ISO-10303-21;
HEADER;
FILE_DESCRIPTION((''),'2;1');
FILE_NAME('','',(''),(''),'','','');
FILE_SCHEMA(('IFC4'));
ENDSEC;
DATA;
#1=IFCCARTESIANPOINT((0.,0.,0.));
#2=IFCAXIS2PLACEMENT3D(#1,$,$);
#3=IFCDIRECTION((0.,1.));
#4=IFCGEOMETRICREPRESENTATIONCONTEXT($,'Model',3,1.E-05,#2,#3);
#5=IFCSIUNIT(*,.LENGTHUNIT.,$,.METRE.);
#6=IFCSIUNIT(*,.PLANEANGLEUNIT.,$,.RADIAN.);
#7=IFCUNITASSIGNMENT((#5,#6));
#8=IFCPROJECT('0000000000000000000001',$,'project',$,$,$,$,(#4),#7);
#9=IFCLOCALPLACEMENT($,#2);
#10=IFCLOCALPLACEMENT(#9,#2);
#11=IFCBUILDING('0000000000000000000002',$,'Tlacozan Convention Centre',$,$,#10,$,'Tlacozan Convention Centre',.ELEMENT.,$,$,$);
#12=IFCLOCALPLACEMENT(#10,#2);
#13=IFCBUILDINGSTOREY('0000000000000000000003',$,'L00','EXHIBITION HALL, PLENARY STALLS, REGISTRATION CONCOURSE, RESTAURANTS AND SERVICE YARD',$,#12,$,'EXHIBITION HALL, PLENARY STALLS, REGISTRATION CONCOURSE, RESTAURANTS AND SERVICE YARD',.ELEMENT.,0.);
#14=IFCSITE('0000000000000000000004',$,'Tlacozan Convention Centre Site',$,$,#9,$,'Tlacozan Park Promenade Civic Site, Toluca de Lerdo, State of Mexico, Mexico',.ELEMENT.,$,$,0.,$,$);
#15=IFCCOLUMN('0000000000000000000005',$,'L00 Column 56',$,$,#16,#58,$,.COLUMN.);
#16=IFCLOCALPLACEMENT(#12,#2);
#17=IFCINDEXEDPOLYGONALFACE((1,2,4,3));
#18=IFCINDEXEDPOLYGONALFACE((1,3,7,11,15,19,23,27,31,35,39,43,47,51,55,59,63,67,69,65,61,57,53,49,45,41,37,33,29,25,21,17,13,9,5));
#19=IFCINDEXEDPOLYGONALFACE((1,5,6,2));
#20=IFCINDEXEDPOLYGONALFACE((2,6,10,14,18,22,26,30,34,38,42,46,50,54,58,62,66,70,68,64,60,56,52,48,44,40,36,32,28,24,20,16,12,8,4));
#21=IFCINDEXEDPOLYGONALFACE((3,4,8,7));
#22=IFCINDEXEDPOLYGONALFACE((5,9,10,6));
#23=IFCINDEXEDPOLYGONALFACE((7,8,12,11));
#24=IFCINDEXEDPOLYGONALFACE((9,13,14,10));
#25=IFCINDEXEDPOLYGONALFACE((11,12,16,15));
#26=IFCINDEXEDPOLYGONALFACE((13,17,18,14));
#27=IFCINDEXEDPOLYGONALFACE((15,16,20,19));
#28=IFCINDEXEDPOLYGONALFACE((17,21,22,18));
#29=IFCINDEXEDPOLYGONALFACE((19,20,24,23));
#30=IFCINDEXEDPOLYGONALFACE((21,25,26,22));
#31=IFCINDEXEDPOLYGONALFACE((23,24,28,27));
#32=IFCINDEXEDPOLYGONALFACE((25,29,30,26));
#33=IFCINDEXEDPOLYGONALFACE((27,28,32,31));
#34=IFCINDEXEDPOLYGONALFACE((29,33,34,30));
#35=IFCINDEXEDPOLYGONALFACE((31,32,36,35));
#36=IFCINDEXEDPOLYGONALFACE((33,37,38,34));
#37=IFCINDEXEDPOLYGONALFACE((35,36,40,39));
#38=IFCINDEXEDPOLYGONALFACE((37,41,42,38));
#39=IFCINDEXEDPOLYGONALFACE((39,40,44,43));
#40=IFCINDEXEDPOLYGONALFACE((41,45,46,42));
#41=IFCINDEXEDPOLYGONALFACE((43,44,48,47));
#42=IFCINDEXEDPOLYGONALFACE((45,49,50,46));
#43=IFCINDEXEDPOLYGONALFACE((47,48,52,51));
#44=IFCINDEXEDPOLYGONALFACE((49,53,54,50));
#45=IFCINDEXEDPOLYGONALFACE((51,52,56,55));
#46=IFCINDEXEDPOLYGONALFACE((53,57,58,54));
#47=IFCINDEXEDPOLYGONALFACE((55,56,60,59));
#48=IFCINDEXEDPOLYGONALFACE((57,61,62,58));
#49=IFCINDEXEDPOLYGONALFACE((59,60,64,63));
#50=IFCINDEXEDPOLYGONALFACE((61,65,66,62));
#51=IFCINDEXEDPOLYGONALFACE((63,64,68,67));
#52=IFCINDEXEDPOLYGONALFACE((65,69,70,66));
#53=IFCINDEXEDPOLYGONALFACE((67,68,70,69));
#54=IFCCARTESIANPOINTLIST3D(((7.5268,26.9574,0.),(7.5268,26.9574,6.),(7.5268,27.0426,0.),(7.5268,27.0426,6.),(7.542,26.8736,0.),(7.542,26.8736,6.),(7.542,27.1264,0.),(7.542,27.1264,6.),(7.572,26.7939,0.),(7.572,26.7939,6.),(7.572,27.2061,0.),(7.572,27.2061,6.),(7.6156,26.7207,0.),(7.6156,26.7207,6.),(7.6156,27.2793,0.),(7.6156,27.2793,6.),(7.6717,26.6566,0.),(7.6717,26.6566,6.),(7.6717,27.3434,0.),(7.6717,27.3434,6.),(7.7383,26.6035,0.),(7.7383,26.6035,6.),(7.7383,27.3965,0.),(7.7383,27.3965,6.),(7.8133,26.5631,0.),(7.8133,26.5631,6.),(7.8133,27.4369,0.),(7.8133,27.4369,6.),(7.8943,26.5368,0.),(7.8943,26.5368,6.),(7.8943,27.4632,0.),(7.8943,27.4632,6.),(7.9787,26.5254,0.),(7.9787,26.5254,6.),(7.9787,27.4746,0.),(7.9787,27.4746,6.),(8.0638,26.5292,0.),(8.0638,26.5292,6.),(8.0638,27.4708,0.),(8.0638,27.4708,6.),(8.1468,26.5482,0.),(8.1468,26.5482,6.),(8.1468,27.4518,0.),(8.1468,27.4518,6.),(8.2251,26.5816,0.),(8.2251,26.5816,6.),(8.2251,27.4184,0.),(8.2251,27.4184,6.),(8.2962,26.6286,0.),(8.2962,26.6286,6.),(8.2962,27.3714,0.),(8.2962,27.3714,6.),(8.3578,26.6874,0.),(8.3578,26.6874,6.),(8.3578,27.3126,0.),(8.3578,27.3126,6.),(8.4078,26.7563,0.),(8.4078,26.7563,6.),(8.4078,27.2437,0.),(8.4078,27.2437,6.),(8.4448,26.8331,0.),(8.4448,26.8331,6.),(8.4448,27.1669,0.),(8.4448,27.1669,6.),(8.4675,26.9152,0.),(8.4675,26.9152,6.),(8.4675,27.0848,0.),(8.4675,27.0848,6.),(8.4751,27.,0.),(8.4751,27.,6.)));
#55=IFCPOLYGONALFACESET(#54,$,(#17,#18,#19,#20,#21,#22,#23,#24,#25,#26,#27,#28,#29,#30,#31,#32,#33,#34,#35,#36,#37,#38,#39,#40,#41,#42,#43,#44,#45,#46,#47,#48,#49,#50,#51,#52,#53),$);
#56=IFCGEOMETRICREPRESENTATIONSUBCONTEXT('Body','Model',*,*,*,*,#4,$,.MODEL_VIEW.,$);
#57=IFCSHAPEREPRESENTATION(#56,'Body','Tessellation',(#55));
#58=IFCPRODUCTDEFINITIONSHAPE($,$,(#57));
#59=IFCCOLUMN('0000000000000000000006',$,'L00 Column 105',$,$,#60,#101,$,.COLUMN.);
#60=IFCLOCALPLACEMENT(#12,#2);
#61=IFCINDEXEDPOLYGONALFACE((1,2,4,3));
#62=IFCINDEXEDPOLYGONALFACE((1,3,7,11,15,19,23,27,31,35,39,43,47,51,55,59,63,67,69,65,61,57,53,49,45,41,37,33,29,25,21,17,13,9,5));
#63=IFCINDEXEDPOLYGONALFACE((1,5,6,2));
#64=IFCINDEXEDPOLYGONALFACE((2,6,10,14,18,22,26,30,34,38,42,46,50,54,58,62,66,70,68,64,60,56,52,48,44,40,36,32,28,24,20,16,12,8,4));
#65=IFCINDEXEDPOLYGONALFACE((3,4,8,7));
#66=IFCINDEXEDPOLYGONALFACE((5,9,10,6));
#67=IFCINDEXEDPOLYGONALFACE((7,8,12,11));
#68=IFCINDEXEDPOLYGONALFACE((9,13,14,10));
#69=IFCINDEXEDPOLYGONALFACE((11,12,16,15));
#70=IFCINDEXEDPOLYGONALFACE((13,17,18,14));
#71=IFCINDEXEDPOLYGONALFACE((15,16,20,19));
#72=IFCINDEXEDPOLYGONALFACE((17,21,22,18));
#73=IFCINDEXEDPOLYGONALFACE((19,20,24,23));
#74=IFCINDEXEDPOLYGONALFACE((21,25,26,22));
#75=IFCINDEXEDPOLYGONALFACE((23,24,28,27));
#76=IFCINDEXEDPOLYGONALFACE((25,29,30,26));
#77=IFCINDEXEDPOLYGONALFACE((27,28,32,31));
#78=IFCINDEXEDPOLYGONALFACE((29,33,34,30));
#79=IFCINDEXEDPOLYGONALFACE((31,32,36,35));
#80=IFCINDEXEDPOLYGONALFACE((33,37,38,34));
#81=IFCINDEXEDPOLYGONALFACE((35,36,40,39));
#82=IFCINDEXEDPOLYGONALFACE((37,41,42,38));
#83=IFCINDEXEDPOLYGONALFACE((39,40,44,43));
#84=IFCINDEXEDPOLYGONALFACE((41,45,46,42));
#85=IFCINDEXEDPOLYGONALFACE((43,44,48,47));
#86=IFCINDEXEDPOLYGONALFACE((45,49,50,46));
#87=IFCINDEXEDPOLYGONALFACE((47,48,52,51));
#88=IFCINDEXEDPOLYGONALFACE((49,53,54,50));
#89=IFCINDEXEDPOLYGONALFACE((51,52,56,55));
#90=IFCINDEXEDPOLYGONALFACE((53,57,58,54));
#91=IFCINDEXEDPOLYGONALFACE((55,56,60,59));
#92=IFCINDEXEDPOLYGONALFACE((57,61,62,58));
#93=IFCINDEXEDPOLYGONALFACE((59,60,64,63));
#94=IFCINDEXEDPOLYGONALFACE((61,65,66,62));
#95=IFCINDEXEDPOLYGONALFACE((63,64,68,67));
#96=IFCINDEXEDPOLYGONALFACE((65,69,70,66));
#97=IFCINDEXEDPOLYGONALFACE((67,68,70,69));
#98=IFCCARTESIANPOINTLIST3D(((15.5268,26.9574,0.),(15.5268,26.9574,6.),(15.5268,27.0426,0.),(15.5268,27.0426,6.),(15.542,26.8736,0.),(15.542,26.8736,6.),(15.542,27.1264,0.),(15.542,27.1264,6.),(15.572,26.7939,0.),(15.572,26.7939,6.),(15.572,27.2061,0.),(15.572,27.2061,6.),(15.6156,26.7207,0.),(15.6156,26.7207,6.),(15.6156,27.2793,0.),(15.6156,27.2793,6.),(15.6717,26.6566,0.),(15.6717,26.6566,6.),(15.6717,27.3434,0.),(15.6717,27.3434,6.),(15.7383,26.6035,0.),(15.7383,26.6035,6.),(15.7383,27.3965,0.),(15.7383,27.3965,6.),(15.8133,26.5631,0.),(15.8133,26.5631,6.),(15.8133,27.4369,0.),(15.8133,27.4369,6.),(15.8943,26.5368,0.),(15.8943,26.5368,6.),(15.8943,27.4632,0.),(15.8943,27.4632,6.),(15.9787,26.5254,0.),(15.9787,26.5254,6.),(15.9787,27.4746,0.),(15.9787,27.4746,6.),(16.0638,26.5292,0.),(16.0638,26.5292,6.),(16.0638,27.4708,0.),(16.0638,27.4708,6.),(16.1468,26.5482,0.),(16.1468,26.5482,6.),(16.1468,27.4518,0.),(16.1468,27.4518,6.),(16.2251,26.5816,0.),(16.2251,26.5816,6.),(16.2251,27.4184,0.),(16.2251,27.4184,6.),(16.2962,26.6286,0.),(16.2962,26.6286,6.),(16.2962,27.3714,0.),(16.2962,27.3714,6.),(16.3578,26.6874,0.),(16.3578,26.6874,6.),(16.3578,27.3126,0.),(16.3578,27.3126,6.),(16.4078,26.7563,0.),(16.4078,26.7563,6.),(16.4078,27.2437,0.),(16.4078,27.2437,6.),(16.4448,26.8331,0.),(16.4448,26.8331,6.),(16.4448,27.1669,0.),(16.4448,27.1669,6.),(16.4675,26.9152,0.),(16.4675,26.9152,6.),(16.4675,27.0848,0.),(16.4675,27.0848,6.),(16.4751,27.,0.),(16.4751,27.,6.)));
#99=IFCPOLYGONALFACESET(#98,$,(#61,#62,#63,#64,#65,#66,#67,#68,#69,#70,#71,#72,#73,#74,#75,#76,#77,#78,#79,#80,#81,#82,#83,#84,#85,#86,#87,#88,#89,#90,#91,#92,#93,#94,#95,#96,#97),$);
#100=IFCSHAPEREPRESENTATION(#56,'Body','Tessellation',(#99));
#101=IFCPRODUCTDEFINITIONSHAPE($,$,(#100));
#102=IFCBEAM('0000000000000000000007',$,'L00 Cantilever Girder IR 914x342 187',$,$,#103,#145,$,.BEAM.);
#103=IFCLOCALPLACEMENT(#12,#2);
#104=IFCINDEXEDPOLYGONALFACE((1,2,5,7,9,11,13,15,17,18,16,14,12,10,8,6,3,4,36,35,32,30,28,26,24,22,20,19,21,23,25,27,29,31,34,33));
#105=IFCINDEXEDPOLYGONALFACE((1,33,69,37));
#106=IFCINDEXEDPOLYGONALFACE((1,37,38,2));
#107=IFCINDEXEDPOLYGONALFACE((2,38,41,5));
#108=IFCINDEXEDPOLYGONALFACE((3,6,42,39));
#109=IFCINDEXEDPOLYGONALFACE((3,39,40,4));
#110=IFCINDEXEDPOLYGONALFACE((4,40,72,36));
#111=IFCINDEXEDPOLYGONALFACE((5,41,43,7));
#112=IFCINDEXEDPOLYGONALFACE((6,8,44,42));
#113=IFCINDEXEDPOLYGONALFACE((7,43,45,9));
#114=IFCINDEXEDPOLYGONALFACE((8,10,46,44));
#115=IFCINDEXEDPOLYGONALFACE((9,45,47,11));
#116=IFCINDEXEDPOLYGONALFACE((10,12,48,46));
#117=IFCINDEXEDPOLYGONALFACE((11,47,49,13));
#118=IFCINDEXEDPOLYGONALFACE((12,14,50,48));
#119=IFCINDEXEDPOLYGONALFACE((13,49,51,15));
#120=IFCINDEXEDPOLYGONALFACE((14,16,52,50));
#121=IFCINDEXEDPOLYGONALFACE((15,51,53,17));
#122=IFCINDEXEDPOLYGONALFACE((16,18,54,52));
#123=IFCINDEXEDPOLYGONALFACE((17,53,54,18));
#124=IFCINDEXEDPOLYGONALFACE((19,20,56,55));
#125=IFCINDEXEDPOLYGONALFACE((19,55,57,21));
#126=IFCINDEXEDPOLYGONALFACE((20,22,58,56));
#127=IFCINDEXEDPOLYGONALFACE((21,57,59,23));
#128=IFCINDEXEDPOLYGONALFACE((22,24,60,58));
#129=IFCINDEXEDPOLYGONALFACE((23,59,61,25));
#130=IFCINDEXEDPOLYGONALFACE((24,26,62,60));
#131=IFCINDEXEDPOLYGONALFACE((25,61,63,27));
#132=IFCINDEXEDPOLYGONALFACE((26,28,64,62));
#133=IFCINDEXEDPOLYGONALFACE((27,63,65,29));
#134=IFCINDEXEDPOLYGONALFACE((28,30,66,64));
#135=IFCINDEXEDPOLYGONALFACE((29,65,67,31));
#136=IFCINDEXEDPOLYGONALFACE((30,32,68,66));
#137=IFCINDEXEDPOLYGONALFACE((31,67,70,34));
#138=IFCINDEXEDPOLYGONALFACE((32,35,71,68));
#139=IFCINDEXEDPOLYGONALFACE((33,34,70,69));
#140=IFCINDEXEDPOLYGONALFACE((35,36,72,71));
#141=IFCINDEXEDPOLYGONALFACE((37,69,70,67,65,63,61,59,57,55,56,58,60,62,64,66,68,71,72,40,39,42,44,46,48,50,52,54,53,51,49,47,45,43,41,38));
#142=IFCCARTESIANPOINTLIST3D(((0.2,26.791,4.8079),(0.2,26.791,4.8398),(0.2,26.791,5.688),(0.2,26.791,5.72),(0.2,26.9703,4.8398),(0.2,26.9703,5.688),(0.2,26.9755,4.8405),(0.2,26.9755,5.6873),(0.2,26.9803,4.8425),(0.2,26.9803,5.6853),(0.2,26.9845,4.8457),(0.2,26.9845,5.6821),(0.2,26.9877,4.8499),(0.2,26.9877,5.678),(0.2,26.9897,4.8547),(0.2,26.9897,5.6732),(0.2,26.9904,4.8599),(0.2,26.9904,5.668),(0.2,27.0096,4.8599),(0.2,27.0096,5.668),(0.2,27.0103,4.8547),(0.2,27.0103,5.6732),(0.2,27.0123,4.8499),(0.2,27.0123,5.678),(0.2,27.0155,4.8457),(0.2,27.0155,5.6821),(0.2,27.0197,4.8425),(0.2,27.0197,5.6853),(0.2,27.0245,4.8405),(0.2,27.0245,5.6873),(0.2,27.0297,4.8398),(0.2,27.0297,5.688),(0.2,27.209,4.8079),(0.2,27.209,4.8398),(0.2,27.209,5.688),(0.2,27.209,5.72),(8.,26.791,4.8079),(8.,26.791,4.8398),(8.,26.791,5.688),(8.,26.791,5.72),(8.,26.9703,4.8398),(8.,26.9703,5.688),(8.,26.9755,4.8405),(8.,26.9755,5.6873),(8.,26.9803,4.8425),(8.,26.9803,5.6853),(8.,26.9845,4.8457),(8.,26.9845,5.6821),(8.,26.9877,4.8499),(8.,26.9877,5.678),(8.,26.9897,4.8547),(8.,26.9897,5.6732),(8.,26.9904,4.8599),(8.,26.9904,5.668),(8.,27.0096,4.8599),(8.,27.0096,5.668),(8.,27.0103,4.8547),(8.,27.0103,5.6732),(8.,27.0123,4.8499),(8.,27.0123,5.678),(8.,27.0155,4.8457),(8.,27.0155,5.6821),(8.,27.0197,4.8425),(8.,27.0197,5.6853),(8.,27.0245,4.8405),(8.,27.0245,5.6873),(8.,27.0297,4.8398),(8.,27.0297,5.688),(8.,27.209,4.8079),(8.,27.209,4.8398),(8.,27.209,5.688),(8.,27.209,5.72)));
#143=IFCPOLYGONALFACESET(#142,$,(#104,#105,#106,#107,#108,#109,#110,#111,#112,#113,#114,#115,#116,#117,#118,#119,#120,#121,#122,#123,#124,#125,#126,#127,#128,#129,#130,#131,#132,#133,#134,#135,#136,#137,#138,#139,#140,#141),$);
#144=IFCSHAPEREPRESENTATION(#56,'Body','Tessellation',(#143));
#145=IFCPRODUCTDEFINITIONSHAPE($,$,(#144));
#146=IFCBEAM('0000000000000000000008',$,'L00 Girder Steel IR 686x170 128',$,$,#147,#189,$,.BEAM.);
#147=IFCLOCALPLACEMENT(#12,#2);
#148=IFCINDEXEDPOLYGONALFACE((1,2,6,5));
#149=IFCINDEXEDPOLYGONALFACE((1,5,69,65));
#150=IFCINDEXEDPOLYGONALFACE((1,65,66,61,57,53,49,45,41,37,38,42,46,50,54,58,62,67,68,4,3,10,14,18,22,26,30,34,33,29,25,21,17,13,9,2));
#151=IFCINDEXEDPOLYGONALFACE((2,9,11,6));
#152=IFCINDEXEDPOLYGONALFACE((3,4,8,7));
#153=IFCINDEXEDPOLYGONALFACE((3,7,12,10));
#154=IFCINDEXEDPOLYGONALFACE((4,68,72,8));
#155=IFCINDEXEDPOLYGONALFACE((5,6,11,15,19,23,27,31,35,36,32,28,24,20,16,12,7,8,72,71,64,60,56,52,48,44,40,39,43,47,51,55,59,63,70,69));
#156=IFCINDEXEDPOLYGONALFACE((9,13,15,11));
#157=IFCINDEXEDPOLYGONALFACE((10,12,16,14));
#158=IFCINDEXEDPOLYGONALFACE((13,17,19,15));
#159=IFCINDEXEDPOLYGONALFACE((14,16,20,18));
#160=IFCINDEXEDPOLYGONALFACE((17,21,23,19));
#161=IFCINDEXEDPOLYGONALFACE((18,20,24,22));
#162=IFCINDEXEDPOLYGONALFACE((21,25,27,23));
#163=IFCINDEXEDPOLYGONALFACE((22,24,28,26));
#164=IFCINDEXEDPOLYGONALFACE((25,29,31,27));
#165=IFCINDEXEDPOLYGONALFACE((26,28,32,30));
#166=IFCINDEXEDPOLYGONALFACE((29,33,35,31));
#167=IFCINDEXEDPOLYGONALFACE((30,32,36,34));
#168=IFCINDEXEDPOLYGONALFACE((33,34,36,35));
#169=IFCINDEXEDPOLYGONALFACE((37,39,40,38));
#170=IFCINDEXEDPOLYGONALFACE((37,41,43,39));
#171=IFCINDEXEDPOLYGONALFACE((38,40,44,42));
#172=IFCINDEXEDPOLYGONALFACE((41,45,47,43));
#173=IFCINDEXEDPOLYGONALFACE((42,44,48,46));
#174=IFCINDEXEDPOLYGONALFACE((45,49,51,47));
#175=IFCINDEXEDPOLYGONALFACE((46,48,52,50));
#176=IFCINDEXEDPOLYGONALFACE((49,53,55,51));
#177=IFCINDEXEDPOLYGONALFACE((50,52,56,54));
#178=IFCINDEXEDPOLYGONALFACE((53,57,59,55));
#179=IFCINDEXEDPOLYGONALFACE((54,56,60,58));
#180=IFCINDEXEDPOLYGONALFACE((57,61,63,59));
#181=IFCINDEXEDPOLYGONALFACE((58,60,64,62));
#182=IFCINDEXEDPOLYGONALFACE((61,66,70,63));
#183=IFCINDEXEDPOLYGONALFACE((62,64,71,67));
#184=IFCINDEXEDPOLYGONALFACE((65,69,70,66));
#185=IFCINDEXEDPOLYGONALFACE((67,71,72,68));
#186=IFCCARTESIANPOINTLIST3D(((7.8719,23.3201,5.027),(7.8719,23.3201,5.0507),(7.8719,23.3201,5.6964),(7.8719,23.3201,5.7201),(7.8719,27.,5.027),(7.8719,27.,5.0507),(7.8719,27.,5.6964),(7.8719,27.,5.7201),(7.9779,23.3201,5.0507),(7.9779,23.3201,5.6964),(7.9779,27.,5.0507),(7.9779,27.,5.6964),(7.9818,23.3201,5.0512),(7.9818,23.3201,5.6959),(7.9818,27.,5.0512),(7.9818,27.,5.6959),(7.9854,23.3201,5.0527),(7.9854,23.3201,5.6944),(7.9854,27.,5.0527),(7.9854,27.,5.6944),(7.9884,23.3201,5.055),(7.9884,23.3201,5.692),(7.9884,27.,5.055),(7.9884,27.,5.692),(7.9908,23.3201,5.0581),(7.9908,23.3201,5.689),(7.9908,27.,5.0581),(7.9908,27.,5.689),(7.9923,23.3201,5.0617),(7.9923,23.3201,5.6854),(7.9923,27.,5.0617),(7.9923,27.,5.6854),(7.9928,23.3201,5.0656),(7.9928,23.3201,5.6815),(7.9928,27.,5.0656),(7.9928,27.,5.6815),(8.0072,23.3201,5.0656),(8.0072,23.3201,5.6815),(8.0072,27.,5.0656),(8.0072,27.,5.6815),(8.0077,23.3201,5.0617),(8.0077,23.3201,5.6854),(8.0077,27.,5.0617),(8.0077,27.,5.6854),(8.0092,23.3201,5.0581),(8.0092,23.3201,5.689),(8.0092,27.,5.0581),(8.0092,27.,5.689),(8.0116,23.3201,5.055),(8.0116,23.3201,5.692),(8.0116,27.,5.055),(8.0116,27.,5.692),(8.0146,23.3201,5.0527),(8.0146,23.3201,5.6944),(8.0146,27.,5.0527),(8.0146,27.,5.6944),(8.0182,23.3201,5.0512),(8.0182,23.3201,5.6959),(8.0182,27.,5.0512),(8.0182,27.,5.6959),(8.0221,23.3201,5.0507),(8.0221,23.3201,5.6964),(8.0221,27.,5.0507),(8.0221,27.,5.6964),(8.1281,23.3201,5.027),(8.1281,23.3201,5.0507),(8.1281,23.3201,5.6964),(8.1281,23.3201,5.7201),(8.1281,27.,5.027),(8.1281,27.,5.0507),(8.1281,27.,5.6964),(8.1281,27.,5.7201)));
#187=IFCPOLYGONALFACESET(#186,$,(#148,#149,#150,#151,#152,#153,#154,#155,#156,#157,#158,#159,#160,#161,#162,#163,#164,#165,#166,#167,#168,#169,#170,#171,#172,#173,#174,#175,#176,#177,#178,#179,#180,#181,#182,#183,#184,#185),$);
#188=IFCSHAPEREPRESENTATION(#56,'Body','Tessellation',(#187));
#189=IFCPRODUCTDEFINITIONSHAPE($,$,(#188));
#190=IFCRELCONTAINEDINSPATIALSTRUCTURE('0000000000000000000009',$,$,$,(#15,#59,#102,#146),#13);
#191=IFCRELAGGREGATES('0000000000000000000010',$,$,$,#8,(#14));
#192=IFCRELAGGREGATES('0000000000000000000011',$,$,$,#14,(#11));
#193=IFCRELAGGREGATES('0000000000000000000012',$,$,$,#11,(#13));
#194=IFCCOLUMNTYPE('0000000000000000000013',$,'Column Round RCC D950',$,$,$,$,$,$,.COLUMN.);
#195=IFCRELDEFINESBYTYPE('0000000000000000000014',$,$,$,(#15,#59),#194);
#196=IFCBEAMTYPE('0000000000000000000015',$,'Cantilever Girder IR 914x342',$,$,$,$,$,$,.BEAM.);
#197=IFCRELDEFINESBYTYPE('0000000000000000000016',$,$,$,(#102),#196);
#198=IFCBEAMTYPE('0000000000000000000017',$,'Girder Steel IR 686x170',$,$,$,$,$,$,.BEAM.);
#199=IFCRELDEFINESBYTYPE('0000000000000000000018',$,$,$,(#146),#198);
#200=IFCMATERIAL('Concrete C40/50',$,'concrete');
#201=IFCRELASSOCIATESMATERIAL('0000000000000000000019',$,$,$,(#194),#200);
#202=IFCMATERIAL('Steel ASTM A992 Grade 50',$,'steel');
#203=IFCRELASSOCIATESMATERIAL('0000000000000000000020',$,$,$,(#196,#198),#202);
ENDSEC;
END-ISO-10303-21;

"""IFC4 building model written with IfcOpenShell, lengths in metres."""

from ifc_helpers import new_model, si_unit, direction, frame, origin, origin_2d, place, context, subcontext, project, spatial, circle, i_section, extrude, material, material_profile, profile_set, type_object, element, save


model = new_model("IFC4")

# Units and contexts
model_context = context("Model", 3, precision=1e-05, world=origin(), true_north=direction((0.0, 1.0)))
body_context = subcontext(model_context, "Body", "Model", "MODEL_VIEW")
ifc_project = project(units=[si_unit("LENGTHUNIT", "METRE"), si_unit("PLANEANGLEUNIT", "RADIAN")], contexts=[model_context])

# Site, building, storey
site_placement = place(None, origin())
site = spatial("IfcSite", under=ifc_project, at=site_placement, Name="Tlacozan Convention Centre Site", LongName="Tlacozan Park Promenade Civic Site, Toluca de Lerdo, State of Mexico, Mexico", CompositionType="ELEMENT", RefElevation=0.0)
building_placement = place(site_placement, origin())
building = spatial("IfcBuilding", under=site, at=building_placement, Name="Tlacozan Convention Centre", LongName="Tlacozan Convention Centre", CompositionType="ELEMENT")
storey_placement = place(building_placement, origin())
storey = spatial("IfcBuildingStorey", under=building, at=storey_placement, Name="L00", Description="EXHIBITION HALL, PLENARY STALLS, REGISTRATION CONCOURSE, RESTAURANTS AND SERVICE YARD", LongName="EXHIBITION HALL, PLENARY STALLS, REGISTRATION CONCOURSE, RESTAURANTS AND SERVICE YARD", CompositionType="ELEMENT", Elevation=0.0)

# Columns
ifc_material_1 = material(Name="Concrete C40/50", Category="concrete")
ifc_material_profile_1 = material_profile(ifc_material_1, circle(Radius=0.4751, at=origin_2d()), Name="RCC D950")
ifc_profile_set_1 = profile_set([ifc_material_profile_1], Name="Concrete C40/50")
column_type = type_object("IfcColumnType", Name="Column Round RCC D950", PredefinedType="COLUMN", material=ifc_profile_set_1)
for number, where, z_axis, x_axis, name in (
    (1, (8.0, 27.0, 0.0), (0.0, 0.0, 1.0), (1.0, 0.0, 0.0), "L00 Column 56"),
    (2, (16.0, 27.0, 0.0), (0.0, 0.0, 1.0), (1.0, 0.0, 0.0), "L00 Column 105"),
):
    element("IfcColumn", number, at=place(storey_placement, frame(where, z_axis=z_axis, x_axis=x_axis)), inside=storey, type_object=column_type, Name=name, PredefinedType="COLUMN", context=body_context, shape_type="SweptSolid", body=[
        extrude(circle(Radius=0.4751, at=origin_2d()), origin(), (0.0, 0.0, 1.0), 6.0),
    ])

# Beams
ifc_material_2 = material(Name="Steel ASTM A992 Grade 50", Category="steel")
ifc_material_profile_2 = material_profile(ifc_material_2, i_section(OverallWidth=0.418, OverallDepth=0.9121, WebThickness=0.0193, FlangeThickness=0.032, FilletRadius=0.02, at=origin_2d()), Name="IR 914x342.0")
ifc_profile_set_2 = profile_set([ifc_material_profile_2], Name="Steel ASTM A992 Grade 50")
beam_type_1 = type_object("IfcBeamType", Name="Cantilever Girder IR 914x342", PredefinedType="BEAM", material=ifc_profile_set_2)
beam_1_placement = place(storey_placement, frame((8.0, 27.0, 5.2639), z_axis=(-1.0, 0.0, 0.0), x_axis=(0.0, -1.0, 0.0)))
element("IfcBeam", 3, at=beam_1_placement, inside=storey, type_object=beam_type_1, Name="L00 Cantilever Girder IR 914x342 187", PredefinedType="BEAM", context=body_context, shape_type="SweptSolid", body=[
    extrude(i_section(OverallWidth=0.418, OverallDepth=0.9121, WebThickness=0.0193, FlangeThickness=0.032, FilletRadius=0.02, at=origin_2d()), origin(), (0.0, 0.0, 1.0), 7.8),
])
ifc_material_profile_3 = material_profile(ifc_material_2, i_section(OverallWidth=0.2561, OverallDepth=0.6931, WebThickness=0.0144, FlangeThickness=0.0237, FilletRadius=0.0149, at=origin_2d()), Name="IR 686x170.0")
ifc_profile_set_3 = profile_set([ifc_material_profile_3], Name="Steel ASTM A992 Grade 50")
beam_type_2 = type_object("IfcBeamType", Name="Girder Steel IR 686x170", PredefinedType="BEAM", material=ifc_profile_set_3)
for number, where, z_axis, x_axis, name in (
    (4, (8.0, 23.3201, 5.3735), (0.0, 1.0, 0.0), (-1.0, 0.0, 0.0), "L00 Girder Steel IR 686x170 128"),
):
    element("IfcBeam", number, at=place(storey_placement, frame(where, z_axis=z_axis, x_axis=x_axis)), inside=storey, type_object=beam_type_2, Name=name, PredefinedType="BEAM", context=body_context, shape_type="SweptSolid", body=[
        extrude(i_section(OverallWidth=0.2561, OverallDepth=0.6931, WebThickness=0.0144, FlangeThickness=0.0237, FilletRadius=0.0149, at=origin_2d()), origin(), (0.0, 0.0, 1.0), 3.6799),
    ])

save(model, "model.ifc")
